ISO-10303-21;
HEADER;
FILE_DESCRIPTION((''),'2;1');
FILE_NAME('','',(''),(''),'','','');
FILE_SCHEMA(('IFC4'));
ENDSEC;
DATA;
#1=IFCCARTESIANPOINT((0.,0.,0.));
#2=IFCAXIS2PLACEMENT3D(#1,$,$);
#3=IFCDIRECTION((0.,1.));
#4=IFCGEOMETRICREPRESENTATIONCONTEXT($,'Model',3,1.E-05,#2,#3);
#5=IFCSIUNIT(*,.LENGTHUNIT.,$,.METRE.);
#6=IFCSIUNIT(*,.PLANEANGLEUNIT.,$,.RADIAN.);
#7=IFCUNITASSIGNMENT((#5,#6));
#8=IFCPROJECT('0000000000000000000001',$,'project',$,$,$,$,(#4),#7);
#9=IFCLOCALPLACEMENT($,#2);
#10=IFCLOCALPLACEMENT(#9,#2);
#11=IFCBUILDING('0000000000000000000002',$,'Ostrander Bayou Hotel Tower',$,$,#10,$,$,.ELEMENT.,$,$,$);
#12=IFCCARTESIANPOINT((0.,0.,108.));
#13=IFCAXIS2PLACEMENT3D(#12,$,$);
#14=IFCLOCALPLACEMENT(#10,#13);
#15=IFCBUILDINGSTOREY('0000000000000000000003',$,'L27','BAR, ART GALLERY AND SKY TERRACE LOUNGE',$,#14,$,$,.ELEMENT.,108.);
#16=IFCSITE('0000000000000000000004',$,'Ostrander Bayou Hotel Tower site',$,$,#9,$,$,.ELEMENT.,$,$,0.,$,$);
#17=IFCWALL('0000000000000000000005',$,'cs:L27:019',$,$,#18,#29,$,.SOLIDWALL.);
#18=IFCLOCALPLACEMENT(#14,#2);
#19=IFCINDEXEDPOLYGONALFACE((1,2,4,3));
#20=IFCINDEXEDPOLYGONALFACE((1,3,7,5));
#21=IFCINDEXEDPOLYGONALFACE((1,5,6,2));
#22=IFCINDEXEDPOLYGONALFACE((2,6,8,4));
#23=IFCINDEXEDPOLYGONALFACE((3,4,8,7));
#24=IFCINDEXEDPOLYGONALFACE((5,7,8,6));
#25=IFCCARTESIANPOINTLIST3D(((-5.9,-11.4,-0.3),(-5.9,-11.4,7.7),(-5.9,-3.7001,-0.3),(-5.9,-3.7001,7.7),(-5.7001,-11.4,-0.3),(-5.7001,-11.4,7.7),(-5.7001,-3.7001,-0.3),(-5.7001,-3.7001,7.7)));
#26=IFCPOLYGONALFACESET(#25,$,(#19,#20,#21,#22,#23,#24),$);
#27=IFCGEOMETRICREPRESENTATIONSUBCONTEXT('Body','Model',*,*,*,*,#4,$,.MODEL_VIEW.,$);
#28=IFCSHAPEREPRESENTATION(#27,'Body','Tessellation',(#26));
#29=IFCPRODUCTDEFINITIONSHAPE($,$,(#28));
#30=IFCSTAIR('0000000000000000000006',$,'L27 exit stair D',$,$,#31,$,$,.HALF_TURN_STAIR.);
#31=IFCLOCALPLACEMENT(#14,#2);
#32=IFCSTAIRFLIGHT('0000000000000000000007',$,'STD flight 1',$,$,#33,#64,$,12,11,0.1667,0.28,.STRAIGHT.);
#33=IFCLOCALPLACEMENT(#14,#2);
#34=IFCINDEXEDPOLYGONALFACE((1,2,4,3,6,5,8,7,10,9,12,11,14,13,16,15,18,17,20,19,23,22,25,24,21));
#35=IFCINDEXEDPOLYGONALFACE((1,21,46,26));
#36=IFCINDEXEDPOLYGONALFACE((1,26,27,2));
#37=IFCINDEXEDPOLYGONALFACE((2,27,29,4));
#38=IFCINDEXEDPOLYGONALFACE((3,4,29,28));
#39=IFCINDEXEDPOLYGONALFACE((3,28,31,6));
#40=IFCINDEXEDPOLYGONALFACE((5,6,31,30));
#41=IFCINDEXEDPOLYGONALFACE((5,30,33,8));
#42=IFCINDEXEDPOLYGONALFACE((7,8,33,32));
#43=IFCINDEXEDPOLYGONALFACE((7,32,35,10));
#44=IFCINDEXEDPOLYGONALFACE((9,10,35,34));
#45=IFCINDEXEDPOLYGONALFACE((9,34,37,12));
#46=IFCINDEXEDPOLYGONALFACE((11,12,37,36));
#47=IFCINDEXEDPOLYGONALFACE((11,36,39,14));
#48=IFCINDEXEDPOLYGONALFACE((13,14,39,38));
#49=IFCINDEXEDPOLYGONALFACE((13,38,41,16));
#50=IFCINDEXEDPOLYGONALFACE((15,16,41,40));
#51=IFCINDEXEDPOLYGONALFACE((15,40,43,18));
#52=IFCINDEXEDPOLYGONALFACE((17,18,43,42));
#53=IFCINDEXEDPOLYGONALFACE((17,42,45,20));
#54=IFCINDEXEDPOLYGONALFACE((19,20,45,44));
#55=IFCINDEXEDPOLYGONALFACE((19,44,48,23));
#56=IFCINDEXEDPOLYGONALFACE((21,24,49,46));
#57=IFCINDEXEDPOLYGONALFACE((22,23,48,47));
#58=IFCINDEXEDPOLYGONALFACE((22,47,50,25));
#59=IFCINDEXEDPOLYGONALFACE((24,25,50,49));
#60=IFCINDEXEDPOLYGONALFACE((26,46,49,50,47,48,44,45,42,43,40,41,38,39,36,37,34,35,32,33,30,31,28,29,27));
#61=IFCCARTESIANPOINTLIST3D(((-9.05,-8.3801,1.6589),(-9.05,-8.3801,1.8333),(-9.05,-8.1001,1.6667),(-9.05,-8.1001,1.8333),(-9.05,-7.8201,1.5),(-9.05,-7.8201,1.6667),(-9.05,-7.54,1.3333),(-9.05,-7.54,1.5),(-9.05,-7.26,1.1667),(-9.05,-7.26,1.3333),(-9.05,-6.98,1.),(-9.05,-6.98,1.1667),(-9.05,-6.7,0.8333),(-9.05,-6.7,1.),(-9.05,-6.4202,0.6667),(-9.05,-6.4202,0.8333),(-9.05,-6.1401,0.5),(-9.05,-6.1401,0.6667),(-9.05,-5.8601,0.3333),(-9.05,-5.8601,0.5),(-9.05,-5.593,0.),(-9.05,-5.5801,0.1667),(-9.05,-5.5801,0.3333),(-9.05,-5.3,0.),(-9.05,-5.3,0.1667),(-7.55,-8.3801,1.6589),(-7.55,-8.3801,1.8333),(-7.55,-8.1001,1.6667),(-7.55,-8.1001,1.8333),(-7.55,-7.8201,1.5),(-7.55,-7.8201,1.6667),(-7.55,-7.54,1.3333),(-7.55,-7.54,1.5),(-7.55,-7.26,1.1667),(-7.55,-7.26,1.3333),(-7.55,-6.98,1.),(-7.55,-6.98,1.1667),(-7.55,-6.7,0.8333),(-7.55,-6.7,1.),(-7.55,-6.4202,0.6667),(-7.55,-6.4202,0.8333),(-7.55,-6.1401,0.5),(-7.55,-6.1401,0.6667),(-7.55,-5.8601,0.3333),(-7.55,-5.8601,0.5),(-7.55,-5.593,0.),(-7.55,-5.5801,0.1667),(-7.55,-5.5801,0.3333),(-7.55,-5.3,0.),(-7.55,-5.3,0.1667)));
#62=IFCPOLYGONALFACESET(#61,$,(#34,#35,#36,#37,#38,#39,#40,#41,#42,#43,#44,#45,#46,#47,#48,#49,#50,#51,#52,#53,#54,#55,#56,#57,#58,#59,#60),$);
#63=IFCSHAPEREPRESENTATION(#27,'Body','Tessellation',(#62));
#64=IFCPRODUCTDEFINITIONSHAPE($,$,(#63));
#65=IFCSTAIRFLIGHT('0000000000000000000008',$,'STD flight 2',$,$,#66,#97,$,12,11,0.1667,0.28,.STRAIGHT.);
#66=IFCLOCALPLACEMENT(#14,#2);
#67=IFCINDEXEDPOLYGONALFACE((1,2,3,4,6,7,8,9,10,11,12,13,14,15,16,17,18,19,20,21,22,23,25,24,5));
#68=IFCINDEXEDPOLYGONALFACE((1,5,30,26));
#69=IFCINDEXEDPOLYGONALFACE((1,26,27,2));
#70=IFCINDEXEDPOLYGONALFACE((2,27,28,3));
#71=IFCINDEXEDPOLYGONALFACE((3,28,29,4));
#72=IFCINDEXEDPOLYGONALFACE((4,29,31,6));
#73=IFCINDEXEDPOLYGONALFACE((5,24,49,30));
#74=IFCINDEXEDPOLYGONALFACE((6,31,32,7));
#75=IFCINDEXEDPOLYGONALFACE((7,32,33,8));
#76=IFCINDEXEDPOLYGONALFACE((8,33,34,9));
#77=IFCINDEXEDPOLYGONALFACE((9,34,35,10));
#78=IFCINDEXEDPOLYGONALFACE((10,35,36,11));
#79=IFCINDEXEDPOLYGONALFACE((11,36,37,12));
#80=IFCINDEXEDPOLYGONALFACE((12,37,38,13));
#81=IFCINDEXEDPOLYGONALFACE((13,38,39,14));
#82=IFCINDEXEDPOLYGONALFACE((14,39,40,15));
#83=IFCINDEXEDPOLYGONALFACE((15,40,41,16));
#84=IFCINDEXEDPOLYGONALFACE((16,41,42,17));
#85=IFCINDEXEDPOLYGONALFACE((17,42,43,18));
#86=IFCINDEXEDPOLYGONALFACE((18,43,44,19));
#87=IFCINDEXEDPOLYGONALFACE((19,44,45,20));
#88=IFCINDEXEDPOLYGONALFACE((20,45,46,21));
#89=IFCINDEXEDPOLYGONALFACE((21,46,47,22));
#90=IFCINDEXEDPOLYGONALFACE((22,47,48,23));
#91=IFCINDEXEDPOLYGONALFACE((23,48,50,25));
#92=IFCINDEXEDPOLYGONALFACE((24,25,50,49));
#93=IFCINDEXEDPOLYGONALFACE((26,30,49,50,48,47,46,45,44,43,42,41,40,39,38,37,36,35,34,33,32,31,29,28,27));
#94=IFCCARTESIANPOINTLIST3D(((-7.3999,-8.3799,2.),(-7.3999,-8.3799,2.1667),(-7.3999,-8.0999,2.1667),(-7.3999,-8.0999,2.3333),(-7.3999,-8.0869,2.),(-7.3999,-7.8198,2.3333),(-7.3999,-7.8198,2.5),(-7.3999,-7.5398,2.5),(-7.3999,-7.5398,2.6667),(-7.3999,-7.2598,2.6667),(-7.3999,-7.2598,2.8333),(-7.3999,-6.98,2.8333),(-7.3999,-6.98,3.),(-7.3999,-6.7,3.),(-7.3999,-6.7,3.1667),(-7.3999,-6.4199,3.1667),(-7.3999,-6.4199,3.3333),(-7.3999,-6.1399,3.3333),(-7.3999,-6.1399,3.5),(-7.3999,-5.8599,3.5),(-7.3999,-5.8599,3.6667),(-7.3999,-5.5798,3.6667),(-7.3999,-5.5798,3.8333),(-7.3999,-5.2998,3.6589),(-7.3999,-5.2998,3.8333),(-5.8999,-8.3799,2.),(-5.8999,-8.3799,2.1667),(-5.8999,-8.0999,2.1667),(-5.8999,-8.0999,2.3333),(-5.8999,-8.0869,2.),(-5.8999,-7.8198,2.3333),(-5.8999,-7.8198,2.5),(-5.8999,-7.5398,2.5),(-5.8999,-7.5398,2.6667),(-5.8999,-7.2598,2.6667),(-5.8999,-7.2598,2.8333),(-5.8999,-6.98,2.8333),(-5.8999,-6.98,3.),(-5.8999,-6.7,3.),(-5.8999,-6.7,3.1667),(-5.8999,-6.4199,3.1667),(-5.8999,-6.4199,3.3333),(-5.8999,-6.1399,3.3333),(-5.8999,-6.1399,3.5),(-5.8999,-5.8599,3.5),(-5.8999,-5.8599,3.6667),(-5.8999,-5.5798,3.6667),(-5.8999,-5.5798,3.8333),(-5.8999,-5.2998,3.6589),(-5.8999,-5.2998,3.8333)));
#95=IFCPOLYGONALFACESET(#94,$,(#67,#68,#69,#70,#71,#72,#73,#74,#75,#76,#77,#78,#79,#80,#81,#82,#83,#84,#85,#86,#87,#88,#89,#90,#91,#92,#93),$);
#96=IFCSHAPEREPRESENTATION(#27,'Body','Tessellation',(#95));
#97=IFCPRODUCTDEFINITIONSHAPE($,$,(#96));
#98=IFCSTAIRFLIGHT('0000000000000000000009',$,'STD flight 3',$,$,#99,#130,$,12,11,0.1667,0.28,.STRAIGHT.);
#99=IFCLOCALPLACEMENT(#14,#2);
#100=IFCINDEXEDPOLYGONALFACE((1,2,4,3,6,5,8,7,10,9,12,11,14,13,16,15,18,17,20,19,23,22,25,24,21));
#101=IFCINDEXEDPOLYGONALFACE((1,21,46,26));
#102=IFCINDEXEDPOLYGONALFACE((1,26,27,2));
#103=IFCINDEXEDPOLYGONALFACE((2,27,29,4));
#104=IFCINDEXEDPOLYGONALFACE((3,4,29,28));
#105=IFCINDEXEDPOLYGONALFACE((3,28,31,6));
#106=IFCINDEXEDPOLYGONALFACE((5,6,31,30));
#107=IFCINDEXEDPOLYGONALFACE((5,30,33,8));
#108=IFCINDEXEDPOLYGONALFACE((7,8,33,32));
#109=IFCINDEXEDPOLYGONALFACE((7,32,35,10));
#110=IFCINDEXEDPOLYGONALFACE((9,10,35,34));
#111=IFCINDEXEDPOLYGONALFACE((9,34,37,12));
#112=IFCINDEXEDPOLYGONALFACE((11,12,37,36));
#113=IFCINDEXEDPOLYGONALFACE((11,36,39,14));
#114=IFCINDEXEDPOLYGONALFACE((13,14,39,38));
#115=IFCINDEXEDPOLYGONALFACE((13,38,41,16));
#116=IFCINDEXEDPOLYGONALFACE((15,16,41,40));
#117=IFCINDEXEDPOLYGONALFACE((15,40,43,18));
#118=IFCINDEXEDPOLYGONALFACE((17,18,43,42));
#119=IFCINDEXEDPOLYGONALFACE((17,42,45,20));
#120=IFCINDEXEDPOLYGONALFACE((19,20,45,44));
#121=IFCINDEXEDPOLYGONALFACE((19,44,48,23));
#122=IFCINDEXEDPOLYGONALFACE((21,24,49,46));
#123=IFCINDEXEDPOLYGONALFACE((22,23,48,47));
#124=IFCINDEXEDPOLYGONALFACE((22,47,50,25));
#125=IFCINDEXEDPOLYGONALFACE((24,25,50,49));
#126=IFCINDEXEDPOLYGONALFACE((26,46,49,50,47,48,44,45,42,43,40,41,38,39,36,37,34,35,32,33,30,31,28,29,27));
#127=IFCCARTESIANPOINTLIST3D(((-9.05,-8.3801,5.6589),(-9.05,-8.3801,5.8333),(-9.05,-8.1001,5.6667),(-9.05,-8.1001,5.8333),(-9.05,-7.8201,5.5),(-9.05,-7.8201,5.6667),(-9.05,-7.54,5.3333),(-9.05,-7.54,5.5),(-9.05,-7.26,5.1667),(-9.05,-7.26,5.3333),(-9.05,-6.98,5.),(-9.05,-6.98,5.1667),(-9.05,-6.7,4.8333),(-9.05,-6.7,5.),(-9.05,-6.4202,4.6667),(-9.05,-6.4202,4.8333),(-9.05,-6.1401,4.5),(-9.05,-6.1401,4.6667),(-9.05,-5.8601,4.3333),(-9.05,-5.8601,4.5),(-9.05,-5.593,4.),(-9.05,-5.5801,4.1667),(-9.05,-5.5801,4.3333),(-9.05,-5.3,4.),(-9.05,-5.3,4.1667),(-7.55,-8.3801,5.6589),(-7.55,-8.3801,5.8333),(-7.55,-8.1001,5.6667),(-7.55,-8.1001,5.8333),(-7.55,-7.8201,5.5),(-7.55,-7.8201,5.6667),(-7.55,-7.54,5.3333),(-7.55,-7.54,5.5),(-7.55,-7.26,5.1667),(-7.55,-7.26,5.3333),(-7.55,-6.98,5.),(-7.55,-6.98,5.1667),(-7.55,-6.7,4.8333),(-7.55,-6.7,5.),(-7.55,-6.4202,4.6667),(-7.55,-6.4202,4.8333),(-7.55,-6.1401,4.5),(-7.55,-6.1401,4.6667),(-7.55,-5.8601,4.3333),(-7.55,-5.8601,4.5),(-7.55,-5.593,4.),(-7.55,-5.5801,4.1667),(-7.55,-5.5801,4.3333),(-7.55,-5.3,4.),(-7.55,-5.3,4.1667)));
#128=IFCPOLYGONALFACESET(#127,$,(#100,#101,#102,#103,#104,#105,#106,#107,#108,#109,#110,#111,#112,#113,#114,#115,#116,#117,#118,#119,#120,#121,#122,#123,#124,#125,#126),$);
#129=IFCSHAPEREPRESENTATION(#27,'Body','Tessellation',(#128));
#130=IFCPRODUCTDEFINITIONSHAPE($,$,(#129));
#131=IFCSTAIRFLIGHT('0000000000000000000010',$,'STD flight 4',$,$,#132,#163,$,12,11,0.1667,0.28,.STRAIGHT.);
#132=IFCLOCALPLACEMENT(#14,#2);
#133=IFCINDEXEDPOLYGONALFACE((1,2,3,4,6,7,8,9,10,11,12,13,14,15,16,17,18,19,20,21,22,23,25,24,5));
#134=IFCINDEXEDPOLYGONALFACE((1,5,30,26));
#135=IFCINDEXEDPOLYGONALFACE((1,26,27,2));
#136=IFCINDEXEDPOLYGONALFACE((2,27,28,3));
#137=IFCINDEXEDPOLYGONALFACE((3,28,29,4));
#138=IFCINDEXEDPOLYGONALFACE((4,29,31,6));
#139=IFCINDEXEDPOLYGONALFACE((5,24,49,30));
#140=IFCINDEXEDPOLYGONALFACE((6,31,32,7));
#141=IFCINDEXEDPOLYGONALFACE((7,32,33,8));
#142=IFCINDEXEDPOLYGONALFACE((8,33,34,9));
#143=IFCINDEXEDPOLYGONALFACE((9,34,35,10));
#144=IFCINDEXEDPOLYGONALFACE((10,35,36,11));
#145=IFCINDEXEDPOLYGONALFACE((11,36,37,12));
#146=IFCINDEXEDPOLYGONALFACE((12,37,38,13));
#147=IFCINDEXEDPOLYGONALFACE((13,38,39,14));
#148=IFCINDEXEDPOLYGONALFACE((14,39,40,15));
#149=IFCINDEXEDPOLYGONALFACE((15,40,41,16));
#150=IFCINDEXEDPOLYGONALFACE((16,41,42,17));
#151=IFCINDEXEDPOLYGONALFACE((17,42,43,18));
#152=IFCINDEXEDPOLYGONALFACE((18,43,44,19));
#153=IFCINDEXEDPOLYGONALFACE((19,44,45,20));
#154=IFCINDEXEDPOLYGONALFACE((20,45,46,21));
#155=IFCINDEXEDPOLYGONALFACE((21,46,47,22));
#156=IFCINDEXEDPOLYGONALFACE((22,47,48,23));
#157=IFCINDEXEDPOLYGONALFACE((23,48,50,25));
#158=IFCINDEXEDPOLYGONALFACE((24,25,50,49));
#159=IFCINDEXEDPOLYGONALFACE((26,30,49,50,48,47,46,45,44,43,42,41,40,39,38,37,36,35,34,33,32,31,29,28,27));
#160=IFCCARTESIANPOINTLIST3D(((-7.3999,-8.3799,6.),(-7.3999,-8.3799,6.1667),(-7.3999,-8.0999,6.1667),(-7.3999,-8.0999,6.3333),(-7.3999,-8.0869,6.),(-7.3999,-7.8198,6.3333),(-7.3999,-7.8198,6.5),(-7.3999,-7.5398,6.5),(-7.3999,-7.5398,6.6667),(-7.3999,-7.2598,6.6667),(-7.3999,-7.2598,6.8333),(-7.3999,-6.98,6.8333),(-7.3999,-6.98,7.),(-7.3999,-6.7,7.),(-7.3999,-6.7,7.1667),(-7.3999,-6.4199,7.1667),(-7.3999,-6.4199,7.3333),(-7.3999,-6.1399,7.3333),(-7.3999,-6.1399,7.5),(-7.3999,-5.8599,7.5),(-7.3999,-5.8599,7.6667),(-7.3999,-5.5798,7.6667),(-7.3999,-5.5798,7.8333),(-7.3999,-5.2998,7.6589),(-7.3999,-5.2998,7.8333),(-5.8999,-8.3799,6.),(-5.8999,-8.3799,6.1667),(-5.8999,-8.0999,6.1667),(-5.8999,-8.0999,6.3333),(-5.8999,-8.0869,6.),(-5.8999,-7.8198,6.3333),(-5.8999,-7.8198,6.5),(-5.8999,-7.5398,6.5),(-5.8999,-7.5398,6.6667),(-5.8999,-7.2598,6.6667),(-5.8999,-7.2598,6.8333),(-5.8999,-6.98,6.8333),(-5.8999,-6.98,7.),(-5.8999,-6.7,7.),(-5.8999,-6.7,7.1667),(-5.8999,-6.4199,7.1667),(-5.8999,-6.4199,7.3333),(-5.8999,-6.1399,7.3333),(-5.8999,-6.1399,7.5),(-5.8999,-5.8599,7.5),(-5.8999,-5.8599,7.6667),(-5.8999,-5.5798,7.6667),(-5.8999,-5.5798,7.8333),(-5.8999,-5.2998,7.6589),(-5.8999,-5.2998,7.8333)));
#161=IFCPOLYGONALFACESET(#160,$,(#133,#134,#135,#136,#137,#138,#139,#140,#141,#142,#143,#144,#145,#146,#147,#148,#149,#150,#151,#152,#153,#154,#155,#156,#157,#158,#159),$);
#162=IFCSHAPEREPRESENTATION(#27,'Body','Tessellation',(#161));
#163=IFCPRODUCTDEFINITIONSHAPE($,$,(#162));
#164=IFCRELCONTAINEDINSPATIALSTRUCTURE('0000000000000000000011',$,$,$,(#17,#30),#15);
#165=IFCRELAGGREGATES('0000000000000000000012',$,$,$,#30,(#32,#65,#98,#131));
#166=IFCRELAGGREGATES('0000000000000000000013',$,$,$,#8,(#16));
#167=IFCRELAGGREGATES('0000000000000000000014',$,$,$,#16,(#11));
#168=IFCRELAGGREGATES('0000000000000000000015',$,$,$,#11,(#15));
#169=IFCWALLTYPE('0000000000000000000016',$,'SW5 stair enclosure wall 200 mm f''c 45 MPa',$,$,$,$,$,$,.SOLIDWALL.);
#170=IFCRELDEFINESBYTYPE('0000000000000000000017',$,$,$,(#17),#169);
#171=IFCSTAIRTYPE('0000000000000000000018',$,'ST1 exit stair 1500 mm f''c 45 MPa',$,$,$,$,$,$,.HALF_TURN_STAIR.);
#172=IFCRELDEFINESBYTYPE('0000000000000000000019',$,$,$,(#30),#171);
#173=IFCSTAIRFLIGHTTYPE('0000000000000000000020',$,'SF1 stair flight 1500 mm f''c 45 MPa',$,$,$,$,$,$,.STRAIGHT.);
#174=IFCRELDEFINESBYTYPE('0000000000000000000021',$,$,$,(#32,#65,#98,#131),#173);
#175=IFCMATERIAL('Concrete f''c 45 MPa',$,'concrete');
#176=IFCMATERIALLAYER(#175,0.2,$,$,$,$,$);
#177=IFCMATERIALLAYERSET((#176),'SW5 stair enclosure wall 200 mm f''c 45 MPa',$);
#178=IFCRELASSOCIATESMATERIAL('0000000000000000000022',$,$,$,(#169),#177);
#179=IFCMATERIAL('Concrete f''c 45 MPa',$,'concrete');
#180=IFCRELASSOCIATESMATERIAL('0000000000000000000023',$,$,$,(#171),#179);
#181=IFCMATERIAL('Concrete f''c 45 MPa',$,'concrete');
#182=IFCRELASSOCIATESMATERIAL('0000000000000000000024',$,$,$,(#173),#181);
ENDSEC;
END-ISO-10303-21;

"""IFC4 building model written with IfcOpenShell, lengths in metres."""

from ifc_helpers import new_model, si_unit, direction, frame, frame_2d, origin, place, context, subcontext, project, spatial, polyline, rectangle, outline, extrude, material, layer, layer_set, type_object, element, aggregate, save


model = new_model("IFC4")

# Units and contexts
model_context = context("Model", 3, precision=1e-05, world=origin(), true_north=direction((0.0, 1.0)))
body_context = subcontext(model_context, "Body", "Model", "MODEL_VIEW")
ifc_project = project(units=[si_unit("LENGTHUNIT", "METRE"), si_unit("PLANEANGLEUNIT", "RADIAN")], contexts=[model_context])

# Site, building, storey
site_placement = place(None, origin())
site = spatial("IfcSite", under=ifc_project, at=site_placement, Name="Ostrander Bayou Hotel Tower site", CompositionType="ELEMENT", RefElevation=0.0)
building_placement = place(site_placement, origin())
building = spatial("IfcBuilding", under=site, at=building_placement, Name="Ostrander Bayou Hotel Tower", CompositionType="ELEMENT")
storey_placement = place(building_placement, frame((0.0, 0.0, 108.0)))
storey = spatial("IfcBuildingStorey", under=building, at=storey_placement, Name="L27", Description="BAR, ART GALLERY AND SKY TERRACE LOUNGE", CompositionType="ELEMENT", Elevation=108.0)

# Wall
ifc_material_1 = material(Name="Concrete f'c 45 MPa", Category="concrete")
ifc_layer_1 = layer(ifc_material_1, 0.2)
ifc_layer_set_1 = layer_set([ifc_layer_1], Name="SW5 stair enclosure wall 200 mm f'c 45 MPa")
wall_type_1 = type_object("IfcWallType", Name="SW5 stair enclosure wall 200 mm f'c 45 MPa", PredefinedType="SOLIDWALL", material=ifc_layer_set_1)
wall_1_placement = place(storey_placement, frame((-5.8, -3.7, -0.3), z_axis=(0.0, 0.0, 1.0), x_axis=(0.0, -1.0, 0.0)))
element("IfcWall", 1, at=wall_1_placement, inside=storey, type_object=wall_type_1, Name="cs:L27:019", PredefinedType="SOLIDWALL", context=body_context, shape_type="SweptSolid", body=[
    extrude(rectangle(XDim=7.7, YDim=0.2, at=frame_2d((3.8501, 0.0))), origin(), (0.0, 0.0, 1.0), 8.0),
])

# Stair, stair flights
ifc_material_2 = material(Name="Concrete f'c 45 MPa", Category="concrete")
stair_type = type_object("IfcStairType", Name="ST1 exit stair 1500 mm f'c 45 MPa", PredefinedType="HALF_TURN_STAIR", material=ifc_material_2)
stair_placement = place(storey_placement, origin())
stair = element("IfcStair", 2, at=stair_placement, inside=storey, type_object=stair_type, Name="L27 exit stair D", PredefinedType="HALF_TURN_STAIR")
ifc_material_3 = material(Name="Concrete f'c 45 MPa", Category="concrete")
stair_flight_type = type_object("IfcStairFlightType", Name="SF1 stair flight 1500 mm f'c 45 MPa", PredefinedType="STRAIGHT", material=ifc_material_3)
stair_flight_1_placement = place(storey_placement, frame((-8.3, -5.3, 0.0), z_axis=(0.0, 0.0, 1.0), x_axis=(0.0, -1.0, 0.0)))
stair_flight_1 = element("IfcStairFlight", 3, at=stair_flight_1_placement, type_object=stair_flight_type, Name="STD flight 1", NumberOfRisers=12, NumberOfTreads=11, PredefinedType="STRAIGHT", RiserHeight=0.1667, TreadLength=0.28, context=body_context, shape_type="SweptSolid", body=[
    extrude(outline(polyline([(0.0, 0.0), (0.0, 0.1667), (0.28, 0.1667), (0.28, 0.3333), (0.5601, 0.3333), (0.5601, 0.5), (0.8401, 0.5), (0.8401, 0.6667), (1.1201, 0.6667), (1.1201, 0.8333), (1.3999, 0.8333), (1.3999, 1.0), (1.6799, 1.0), (1.6799, 1.1667), (1.96, 1.1667), (1.96, 1.3333), (2.24, 1.3333), (2.24, 1.5), (2.52, 1.5), (2.52, 1.6667), (2.8, 1.6667), (2.8, 1.8333), (3.0801, 1.8333), (3.0801, 2.0), (3.0801, 1.6589), (0.293, 0.0), (0.0, 0.0)])), frame((0.0, 0.75, 0.0), z_axis=(0.0, -1.0, 0.0), x_axis=(1.0, 0.0, 0.0)), (0.0, 0.0, 1.0), 1.5),
])
stair_flight_2_placement = place(storey_placement, frame((-6.6499, -8.3799, 2.0), z_axis=(0.0, 0.0, 1.0), x_axis=(0.0, 1.0, 0.0)))
stair_flight_2 = element("IfcStairFlight", 4, at=stair_flight_2_placement, type_object=stair_flight_type, Name="STD flight 2", NumberOfRisers=12, NumberOfTreads=11, PredefinedType="STRAIGHT", RiserHeight=0.1667, TreadLength=0.28, context=body_context, shape_type="SweptSolid", body=[
    extrude(outline(polyline([(0.0, 0.0), (0.0, 0.1667), (0.28, 0.1667), (0.28, 0.3333), (0.5601, 0.3333), (0.5601, 0.5), (0.8401, 0.5), (0.8401, 0.6667), (1.1201, 0.6667), (1.1201, 0.8333), (1.3999, 0.8333), (1.3999, 1.0), (1.6799, 1.0), (1.6799, 1.1667), (1.96, 1.1667), (1.96, 1.3333), (2.24, 1.3333), (2.24, 1.5), (2.52, 1.5), (2.52, 1.6667), (2.8, 1.6667), (2.8, 1.8333), (3.0801, 1.8333), (3.0801, 2.0), (3.0801, 1.6589), (0.293, 0.0), (0.0, 0.0)])), frame((0.0, 0.75, 0.0), z_axis=(0.0, -1.0, 0.0), x_axis=(1.0, 0.0, 0.0)), (0.0, 0.0, 1.0), 1.5),
])
stair_flight_3_placement = place(storey_placement, frame((-8.3, -5.3, 4.0), z_axis=(0.0, 0.0, 1.0), x_axis=(0.0, -1.0, 0.0)))
stair_flight_3 = element("IfcStairFlight", 5, at=stair_flight_3_placement, type_object=stair_flight_type, Name="STD flight 3", NumberOfRisers=12, NumberOfTreads=11, PredefinedType="STRAIGHT", RiserHeight=0.1667, TreadLength=0.28, context=body_context, shape_type="SweptSolid", body=[
    extrude(outline(polyline([(0.0, 0.0), (0.0, 0.1667), (0.28, 0.1667), (0.28, 0.3333), (0.5601, 0.3333), (0.5601, 0.5), (0.8401, 0.5), (0.8401, 0.6667), (1.1201, 0.6667), (1.1201, 0.8333), (1.3999, 0.8333), (1.3999, 1.0), (1.6799, 1.0), (1.6799, 1.1667), (1.96, 1.1667), (1.96, 1.3333), (2.24, 1.3333), (2.24, 1.5), (2.52, 1.5), (2.52, 1.6667), (2.8, 1.6667), (2.8, 1.8333), (3.0801, 1.8333), (3.0801, 2.0), (3.0801, 1.6589), (0.293, 0.0), (0.0, 0.0)])), frame((0.0, 0.75, 0.0), z_axis=(0.0, -1.0, 0.0), x_axis=(1.0, 0.0, 0.0)), (0.0, 0.0, 1.0), 1.5),
])
stair_flight_4_placement = place(storey_placement, frame((-6.6499, -8.3799, 6.0), z_axis=(0.0, 0.0, 1.0), x_axis=(0.0, 1.0, 0.0)))
stair_flight_4 = element("IfcStairFlight", 6, at=stair_flight_4_placement, type_object=stair_flight_type, Name="STD flight 4", NumberOfRisers=12, NumberOfTreads=11, PredefinedType="STRAIGHT", RiserHeight=0.1667, TreadLength=0.28, context=body_context, shape_type="SweptSolid", body=[
    extrude(outline(polyline([(0.0, 0.0), (0.0, 0.1667), (0.28, 0.1667), (0.28, 0.3333), (0.5601, 0.3333), (0.5601, 0.5), (0.8401, 0.5), (0.8401, 0.6667), (1.1201, 0.6667), (1.1201, 0.8333), (1.3999, 0.8333), (1.3999, 1.0), (1.6799, 1.0), (1.6799, 1.1667), (1.96, 1.1667), (1.96, 1.3333), (2.24, 1.3333), (2.24, 1.5), (2.52, 1.5), (2.52, 1.6667), (2.8, 1.6667), (2.8, 1.8333), (3.0801, 1.8333), (3.0801, 2.0), (3.0801, 1.6589), (0.293, 0.0), (0.0, 0.0)])), frame((0.0, 0.75, 0.0), z_axis=(0.0, -1.0, 0.0), x_axis=(1.0, 0.0, 0.0)), (0.0, 0.0, 1.0), 1.5),
])
aggregate(stair, [stair_flight_1, stair_flight_2, stair_flight_3, stair_flight_4])

save(model, "model.ifc")
